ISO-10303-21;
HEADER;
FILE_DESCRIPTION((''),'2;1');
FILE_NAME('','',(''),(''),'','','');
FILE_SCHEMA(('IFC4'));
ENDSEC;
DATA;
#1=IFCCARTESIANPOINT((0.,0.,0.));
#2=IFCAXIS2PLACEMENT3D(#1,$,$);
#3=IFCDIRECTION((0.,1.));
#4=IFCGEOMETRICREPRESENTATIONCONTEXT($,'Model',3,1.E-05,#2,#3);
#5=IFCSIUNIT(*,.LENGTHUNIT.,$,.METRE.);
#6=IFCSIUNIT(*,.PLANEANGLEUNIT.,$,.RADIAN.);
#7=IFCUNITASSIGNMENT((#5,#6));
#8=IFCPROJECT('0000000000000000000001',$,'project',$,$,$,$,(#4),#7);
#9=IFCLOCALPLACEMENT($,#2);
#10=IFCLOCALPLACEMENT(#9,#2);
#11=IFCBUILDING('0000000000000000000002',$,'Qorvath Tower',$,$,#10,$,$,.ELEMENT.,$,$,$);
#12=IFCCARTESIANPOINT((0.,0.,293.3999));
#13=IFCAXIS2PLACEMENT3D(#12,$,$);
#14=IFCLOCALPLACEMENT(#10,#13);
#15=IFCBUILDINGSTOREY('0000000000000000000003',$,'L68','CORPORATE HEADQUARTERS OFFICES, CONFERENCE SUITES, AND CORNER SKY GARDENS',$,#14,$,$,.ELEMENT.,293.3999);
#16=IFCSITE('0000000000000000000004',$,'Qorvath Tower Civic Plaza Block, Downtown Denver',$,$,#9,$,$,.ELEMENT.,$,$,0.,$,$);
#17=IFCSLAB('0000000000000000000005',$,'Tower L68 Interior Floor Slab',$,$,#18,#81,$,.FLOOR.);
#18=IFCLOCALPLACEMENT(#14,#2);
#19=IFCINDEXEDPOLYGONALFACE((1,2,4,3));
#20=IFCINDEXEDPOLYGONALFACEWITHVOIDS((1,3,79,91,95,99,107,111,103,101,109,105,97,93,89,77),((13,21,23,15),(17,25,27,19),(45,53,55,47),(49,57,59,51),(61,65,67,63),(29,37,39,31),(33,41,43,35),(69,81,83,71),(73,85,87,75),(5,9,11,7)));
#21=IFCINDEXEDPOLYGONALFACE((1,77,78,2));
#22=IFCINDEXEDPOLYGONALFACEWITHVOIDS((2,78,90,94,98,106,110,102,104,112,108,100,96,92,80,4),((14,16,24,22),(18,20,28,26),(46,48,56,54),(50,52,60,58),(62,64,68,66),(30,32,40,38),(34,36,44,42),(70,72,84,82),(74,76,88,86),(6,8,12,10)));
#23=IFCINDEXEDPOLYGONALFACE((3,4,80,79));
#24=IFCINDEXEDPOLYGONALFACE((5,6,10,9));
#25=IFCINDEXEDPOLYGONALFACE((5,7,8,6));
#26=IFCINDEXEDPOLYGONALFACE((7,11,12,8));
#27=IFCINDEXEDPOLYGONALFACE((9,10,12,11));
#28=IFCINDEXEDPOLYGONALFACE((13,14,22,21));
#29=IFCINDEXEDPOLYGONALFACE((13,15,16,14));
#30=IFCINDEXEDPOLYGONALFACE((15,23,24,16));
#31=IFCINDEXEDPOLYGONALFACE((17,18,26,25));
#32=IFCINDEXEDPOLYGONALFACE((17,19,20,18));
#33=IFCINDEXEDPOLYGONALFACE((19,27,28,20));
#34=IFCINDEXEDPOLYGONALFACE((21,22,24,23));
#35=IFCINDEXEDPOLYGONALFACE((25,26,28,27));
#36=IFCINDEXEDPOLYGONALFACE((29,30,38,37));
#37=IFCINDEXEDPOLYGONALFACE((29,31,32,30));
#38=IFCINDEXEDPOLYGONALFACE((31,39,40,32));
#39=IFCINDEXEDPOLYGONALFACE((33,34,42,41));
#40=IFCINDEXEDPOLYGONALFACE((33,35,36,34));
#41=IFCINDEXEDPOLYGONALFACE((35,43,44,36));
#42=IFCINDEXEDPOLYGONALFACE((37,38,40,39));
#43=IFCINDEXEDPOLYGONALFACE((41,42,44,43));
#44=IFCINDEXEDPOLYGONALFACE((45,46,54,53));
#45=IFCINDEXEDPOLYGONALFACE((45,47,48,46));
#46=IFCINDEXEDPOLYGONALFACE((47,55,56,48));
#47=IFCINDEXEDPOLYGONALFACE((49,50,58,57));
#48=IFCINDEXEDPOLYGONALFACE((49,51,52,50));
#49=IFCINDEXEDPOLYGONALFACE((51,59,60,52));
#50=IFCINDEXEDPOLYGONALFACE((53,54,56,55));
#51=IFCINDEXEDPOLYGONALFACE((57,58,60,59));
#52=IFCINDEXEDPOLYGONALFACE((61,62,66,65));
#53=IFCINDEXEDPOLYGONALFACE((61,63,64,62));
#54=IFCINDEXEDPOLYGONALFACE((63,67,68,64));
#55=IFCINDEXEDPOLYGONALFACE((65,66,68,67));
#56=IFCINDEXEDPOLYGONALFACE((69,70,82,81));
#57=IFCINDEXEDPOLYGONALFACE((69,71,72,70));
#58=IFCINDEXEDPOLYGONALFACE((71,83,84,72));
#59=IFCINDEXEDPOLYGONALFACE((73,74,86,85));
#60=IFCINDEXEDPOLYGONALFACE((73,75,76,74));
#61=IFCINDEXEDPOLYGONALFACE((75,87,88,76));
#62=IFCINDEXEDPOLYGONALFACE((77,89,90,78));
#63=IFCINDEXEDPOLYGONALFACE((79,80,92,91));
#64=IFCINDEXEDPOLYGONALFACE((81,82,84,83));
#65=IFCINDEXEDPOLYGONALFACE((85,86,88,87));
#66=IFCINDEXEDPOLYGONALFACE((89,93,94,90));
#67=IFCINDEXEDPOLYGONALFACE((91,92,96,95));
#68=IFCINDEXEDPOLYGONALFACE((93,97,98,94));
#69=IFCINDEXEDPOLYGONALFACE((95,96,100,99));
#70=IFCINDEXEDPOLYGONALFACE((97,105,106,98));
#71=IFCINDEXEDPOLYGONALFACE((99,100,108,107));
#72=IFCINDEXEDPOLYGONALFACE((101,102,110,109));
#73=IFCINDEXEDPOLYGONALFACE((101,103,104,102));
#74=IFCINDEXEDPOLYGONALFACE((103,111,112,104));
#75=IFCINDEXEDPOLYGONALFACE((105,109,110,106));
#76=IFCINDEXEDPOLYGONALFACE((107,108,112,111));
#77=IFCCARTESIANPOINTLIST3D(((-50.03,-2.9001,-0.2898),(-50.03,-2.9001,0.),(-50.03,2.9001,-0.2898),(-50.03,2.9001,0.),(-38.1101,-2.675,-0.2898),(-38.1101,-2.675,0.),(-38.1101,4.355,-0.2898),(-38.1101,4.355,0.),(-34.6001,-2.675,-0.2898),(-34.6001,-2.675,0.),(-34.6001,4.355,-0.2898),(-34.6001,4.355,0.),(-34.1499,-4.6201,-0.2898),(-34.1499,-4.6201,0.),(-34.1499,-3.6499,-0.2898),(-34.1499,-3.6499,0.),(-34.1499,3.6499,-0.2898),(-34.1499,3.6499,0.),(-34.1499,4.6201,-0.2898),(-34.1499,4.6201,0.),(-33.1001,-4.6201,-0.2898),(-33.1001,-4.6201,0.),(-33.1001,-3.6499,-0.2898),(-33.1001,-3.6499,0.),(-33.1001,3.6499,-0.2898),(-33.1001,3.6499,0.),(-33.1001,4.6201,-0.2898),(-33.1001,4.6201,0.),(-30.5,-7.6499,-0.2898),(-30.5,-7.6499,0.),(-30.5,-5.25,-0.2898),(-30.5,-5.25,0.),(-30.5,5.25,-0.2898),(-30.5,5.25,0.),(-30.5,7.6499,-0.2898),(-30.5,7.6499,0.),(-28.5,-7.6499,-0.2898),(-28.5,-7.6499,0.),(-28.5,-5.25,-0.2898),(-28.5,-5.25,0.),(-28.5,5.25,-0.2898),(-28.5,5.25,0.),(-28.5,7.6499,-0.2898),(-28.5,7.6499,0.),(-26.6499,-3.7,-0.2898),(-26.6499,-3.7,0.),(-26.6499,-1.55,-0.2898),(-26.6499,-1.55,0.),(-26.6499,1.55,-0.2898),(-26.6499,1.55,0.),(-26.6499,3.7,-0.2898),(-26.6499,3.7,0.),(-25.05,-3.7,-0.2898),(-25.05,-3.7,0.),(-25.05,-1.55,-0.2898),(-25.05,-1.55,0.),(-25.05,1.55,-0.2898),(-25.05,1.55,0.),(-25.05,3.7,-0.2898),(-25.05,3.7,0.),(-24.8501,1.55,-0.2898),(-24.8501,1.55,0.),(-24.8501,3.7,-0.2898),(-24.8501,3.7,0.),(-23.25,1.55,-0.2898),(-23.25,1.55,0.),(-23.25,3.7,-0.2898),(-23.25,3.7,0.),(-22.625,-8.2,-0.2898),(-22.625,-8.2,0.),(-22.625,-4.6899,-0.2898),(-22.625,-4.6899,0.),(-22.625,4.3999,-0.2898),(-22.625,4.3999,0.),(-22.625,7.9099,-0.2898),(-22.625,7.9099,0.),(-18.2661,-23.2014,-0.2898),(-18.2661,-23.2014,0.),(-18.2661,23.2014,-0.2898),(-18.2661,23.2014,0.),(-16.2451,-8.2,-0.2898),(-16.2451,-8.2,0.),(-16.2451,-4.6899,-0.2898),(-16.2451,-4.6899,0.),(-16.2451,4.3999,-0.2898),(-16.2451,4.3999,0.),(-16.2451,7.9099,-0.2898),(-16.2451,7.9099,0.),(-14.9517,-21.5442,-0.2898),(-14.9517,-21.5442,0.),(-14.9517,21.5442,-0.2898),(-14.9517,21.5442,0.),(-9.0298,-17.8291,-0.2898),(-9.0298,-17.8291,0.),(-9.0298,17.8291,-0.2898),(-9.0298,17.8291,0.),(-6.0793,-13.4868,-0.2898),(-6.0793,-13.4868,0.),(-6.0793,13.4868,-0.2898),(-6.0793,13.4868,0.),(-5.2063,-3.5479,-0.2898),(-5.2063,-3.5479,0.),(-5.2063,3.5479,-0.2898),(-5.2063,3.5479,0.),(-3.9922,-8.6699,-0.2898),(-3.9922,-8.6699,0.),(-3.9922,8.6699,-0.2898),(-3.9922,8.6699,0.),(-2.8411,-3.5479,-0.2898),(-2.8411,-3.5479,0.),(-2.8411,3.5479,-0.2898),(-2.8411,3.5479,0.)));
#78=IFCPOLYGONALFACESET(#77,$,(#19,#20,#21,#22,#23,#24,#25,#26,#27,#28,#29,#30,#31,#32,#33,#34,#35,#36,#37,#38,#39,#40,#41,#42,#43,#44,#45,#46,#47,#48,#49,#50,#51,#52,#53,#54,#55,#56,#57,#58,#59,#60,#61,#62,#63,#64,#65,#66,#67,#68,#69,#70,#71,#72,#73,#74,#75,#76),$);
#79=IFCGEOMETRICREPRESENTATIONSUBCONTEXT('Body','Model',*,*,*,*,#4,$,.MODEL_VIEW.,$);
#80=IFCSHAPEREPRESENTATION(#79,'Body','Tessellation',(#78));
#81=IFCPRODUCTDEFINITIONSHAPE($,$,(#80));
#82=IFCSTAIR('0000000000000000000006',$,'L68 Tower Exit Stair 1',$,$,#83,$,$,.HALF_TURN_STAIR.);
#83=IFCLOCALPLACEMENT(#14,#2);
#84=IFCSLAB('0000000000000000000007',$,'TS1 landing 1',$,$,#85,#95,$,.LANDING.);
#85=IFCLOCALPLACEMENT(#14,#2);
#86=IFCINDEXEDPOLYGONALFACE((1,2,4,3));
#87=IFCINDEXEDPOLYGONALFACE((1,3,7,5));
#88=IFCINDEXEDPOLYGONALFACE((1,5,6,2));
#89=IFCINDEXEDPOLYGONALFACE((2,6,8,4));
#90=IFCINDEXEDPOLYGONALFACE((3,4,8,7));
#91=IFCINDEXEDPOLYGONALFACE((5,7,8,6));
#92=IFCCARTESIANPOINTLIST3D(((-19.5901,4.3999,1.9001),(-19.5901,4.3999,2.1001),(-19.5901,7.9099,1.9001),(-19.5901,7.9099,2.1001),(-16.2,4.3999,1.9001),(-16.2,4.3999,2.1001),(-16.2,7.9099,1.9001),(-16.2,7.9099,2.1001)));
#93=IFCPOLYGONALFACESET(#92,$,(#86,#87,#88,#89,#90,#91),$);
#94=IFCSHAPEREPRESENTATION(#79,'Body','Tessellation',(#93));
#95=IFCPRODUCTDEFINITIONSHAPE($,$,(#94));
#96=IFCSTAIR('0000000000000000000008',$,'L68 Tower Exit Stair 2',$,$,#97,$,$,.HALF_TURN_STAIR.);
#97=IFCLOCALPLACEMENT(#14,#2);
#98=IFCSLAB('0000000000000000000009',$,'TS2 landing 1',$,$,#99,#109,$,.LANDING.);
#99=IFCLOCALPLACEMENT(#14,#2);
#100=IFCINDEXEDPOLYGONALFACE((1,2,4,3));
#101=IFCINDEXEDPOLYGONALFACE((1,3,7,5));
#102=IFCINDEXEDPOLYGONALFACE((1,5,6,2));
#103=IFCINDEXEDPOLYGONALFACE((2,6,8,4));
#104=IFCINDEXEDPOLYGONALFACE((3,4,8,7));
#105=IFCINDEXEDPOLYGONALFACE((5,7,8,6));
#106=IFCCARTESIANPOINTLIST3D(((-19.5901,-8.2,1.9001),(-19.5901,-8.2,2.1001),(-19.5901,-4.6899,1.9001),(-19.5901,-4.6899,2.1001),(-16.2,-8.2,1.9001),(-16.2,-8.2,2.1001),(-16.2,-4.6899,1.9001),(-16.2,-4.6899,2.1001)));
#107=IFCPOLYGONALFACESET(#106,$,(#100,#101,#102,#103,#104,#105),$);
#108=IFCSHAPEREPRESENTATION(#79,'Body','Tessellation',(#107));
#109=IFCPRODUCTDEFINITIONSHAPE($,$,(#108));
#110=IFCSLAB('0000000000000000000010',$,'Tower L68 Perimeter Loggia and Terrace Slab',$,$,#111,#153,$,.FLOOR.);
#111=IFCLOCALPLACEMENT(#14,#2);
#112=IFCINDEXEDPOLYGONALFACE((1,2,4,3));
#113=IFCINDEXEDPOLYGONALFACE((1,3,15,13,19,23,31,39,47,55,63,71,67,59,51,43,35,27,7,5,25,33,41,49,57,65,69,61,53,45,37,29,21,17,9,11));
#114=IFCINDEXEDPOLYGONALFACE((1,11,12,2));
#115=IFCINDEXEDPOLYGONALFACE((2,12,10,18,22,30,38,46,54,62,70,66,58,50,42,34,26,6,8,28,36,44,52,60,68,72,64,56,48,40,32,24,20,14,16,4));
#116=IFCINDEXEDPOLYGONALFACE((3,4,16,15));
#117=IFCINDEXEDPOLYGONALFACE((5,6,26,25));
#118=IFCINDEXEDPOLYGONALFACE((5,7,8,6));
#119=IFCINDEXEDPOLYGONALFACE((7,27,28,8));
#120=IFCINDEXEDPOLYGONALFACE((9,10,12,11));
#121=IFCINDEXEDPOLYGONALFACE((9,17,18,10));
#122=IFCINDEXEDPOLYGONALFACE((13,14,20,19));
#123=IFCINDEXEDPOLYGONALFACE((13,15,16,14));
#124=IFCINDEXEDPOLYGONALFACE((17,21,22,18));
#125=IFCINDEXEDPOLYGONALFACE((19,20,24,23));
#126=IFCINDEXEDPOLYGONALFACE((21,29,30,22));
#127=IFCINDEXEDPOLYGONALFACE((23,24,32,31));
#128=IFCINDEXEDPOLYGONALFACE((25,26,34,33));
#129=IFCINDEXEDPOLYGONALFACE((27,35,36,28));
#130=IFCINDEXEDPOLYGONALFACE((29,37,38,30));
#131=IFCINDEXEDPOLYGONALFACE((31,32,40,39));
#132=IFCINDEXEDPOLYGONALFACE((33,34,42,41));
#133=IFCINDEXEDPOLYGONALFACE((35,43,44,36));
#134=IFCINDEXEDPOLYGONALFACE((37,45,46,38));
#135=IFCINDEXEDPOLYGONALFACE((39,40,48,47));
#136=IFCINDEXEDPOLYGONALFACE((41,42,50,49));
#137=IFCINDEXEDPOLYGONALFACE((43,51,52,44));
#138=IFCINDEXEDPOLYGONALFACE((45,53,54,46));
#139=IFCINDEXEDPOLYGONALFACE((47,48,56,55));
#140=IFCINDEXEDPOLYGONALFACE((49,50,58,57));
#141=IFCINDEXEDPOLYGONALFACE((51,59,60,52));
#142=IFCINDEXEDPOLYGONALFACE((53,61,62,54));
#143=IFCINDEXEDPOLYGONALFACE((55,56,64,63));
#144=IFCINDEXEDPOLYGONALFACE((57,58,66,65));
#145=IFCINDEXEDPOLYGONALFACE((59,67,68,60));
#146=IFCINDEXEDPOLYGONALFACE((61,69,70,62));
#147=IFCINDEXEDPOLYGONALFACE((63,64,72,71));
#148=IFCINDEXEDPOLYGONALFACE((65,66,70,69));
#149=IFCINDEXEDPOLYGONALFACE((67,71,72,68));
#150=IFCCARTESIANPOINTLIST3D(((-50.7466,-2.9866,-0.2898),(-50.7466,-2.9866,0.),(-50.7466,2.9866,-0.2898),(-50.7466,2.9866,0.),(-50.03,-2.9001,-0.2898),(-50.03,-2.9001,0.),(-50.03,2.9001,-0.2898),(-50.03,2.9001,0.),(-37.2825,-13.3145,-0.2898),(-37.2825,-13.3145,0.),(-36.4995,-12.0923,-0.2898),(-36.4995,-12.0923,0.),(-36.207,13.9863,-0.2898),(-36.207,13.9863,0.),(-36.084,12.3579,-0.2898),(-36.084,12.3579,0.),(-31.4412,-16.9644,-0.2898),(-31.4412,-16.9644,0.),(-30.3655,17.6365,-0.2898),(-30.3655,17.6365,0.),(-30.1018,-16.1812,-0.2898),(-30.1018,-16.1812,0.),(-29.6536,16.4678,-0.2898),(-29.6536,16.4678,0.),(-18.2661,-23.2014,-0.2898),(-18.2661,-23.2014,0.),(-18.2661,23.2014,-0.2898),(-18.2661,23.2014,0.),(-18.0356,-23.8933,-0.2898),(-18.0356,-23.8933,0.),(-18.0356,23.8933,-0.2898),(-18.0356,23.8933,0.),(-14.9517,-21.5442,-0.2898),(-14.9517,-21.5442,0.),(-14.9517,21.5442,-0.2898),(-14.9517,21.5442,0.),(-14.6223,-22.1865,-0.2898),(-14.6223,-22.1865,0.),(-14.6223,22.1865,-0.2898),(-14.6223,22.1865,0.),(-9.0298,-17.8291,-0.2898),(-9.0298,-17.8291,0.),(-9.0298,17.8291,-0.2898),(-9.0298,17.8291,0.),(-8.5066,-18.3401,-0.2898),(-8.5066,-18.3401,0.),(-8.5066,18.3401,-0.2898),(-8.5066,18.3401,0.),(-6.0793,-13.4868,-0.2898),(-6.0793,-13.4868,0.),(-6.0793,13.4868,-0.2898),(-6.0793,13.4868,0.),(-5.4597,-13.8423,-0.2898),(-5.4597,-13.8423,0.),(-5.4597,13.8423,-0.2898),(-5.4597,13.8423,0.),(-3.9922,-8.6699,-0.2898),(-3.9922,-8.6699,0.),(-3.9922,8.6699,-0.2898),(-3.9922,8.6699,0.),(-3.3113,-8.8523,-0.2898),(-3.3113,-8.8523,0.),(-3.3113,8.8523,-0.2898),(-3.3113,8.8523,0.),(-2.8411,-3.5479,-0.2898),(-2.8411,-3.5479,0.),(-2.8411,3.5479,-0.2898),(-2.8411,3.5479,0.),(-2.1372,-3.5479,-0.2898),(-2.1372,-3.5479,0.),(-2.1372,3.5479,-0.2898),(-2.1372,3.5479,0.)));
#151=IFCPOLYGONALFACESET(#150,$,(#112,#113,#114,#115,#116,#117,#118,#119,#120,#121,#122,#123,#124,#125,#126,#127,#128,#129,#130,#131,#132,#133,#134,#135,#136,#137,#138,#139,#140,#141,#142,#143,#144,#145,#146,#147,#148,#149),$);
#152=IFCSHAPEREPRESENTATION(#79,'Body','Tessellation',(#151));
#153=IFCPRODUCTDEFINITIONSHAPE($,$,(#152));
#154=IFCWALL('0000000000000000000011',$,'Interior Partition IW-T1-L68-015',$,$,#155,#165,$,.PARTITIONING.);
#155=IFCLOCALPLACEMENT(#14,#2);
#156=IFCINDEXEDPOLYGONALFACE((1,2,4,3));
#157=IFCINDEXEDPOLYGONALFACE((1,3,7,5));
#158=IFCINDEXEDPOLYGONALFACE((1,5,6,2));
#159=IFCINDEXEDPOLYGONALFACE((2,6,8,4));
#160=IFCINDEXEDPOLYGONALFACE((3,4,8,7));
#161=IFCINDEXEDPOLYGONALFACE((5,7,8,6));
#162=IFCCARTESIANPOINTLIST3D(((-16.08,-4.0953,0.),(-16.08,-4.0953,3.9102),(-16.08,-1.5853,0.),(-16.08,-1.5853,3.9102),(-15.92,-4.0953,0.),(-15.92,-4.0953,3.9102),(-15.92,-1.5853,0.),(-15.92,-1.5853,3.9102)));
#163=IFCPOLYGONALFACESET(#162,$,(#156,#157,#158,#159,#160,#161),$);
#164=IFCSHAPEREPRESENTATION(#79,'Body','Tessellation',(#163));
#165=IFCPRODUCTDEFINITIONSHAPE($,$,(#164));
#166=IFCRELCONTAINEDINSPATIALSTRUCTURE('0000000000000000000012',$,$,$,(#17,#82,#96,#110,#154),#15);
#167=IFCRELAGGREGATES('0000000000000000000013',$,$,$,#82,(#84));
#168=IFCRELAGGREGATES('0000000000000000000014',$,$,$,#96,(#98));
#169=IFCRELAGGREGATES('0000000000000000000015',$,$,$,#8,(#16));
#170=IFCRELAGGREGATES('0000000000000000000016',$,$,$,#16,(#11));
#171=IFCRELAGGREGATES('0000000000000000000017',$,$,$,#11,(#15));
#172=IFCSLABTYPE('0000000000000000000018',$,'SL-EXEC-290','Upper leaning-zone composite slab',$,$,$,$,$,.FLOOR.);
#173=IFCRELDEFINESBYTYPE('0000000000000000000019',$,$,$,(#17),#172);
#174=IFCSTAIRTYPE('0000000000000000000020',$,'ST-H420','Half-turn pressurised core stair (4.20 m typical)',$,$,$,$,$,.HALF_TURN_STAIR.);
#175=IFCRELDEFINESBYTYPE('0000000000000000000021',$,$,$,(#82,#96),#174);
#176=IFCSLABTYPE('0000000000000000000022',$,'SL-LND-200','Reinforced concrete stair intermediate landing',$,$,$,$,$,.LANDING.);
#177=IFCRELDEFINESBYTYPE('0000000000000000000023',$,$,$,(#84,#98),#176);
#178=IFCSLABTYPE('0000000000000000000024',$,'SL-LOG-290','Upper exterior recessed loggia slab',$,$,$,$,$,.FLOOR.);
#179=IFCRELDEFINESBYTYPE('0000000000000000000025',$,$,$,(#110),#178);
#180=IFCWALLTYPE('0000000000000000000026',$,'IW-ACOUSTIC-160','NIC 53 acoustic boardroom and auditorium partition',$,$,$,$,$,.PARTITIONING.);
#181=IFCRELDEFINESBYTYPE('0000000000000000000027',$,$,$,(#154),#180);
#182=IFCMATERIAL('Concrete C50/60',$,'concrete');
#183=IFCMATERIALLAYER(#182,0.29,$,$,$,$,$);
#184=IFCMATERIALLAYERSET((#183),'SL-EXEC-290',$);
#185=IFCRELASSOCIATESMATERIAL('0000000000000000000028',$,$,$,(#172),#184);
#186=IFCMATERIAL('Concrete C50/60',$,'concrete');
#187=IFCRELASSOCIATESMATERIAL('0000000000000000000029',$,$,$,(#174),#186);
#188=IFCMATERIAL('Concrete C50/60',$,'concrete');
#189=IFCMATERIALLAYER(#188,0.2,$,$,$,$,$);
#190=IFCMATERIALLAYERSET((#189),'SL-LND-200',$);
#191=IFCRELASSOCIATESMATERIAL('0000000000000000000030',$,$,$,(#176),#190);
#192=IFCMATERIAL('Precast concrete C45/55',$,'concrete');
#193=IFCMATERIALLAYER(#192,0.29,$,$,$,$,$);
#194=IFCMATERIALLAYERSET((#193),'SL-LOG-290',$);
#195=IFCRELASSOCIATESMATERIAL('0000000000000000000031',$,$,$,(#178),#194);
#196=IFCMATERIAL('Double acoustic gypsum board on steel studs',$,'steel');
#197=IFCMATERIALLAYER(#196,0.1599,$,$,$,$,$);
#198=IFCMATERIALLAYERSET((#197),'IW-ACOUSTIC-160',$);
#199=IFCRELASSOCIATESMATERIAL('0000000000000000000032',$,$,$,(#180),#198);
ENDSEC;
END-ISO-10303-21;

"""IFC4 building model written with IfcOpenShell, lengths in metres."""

from ifc_helpers import new_model, si_unit, direction, frame, frame_2d, origin, place, context, subcontext, project, spatial, polyline, rectangle, outline, extrude, material, layer, layer_set, type_object, element, aggregate, save


model = new_model("IFC4")

# Units and contexts
model_context = context("Model", 3, precision=1e-05, world=origin(), true_north=direction((0.0, 1.0)))
body_context = subcontext(model_context, "Body", "Model", "MODEL_VIEW")
ifc_project = project(units=[si_unit("LENGTHUNIT", "METRE"), si_unit("PLANEANGLEUNIT", "RADIAN")], contexts=[model_context])

# Site, building, storey
site_placement = place(None, origin())
site = spatial("IfcSite", under=ifc_project, at=site_placement, Name="Qorvath Tower Civic Plaza Block, Downtown Denver", CompositionType="ELEMENT", RefElevation=0.0)
building_placement = place(site_placement, origin())
building = spatial("IfcBuilding", under=site, at=building_placement, Name="Qorvath Tower", CompositionType="ELEMENT")
storey_placement = place(building_placement, frame((0.0, 0.0, 293.3999)))
storey = spatial("IfcBuildingStorey", under=building, at=storey_placement, Name="L68", Description="CORPORATE HEADQUARTERS OFFICES, CONFERENCE SUITES, AND CORNER SKY GARDENS", CompositionType="ELEMENT", Elevation=293.3999)

# Slab
ifc_material_1 = material(Name="Concrete C50/60", Category="concrete")
ifc_layer_1 = layer(ifc_material_1, 0.29)
ifc_layer_set_1 = layer_set([ifc_layer_1], Name="SL-EXEC-290")
slab_type_1 = type_object("IfcSlabType", Name="SL-EXEC-290", Description="Upper leaning-zone composite slab", PredefinedType="FLOOR", material=ifc_layer_set_1)
slab_1_placement = place(storey_placement, frame((0.0, 0.0, -0.2898)))
element("IfcSlab", 1, at=slab_1_placement, inside=storey, type_object=slab_type_1, Name="Tower L68 Interior Floor Slab", PredefinedType="FLOOR", context=body_context, shape_type="SweptSolid", body=[
    extrude(outline(polyline([(-50.03, 2.9001), (-50.03, -2.9001), (-18.2661, -23.2014), (-14.9517, -21.5442), (-9.0298, -17.8291), (-6.0793, -13.4868), (-3.9922, -8.6699), (-2.8411, -3.5479), (-5.2063, -3.5479), (-5.2063, 3.5479), (-2.8411, 3.5479), (-3.9922, 8.6699), (-6.0793, 13.4868), (-9.0298, 17.8291), (-14.9517, 21.5442), (-18.2661, 23.2014), (-50.03, 2.9001)]), holes=[polyline([(-16.2451, -8.2), (-22.625, -8.2), (-22.625, -4.6899), (-16.2451, -4.6899), (-16.2451, -8.2)]), polyline([(-22.625, 4.3999), (-22.625, 7.9099), (-16.2451, 7.9099), (-16.2451, 4.3999), (-22.625, 4.3999)]), polyline([(-23.25, 1.55), (-24.8501, 1.55), (-24.8501, 3.7), (-23.25, 3.7), (-23.25, 1.55)]), polyline([(-26.6499, -3.7), (-26.6499, -1.55), (-25.05, -1.55), (-25.05, -3.7), (-26.6499, -3.7)]), polyline([(-25.05, 1.55), (-26.6499, 1.55), (-26.6499, 3.7), (-25.05, 3.7), (-25.05, 1.55)]), polyline([(-28.5, -7.6499), (-30.5, -7.6499), (-30.5, -5.25), (-28.5, -5.25), (-28.5, -7.6499)]), polyline([(-30.5, 5.25), (-30.5, 7.6499), (-28.5, 7.6499), (-28.5, 5.25), (-30.5, 5.25)]), polyline([(-33.1001, -4.6201), (-34.1499, -4.6201), (-34.1499, -3.6499), (-33.1001, -3.6499), (-33.1001, -4.6201)]), polyline([(-33.1001, 3.6499), (-34.1499, 3.6499), (-34.1499, 4.6201), (-33.1001, 4.6201), (-33.1001, 3.6499)]), polyline([(-34.6001, -2.675), (-38.1101, -2.675), (-38.1101, 4.355), (-34.6001, 4.355), (-34.6001, -2.675)])]), origin(), (0.0, 0.0, 1.0), 0.2898),
])

# Stairs, slabs
ifc_material_2 = material(Name="Concrete C50/60", Category="concrete")
stair_type = type_object("IfcStairType", Name="ST-H420", Description="Half-turn pressurised core stair (4.20 m typical)", PredefinedType="HALF_TURN_STAIR", material=ifc_material_2)
stair_1_placement = place(storey_placement, origin())
stair_1 = element("IfcStair", 2, at=stair_1_placement, inside=storey, type_object=stair_type, Name="L68 Tower Exit Stair 1", PredefinedType="HALF_TURN_STAIR")
ifc_material_3 = material(Name="Concrete C50/60", Category="concrete")
ifc_layer_2 = layer(ifc_material_3, 0.2)
ifc_layer_set_2 = layer_set([ifc_layer_2], Name="SL-LND-200")
slab_type_2 = type_object("IfcSlabType", Name="SL-LND-200", Description="Reinforced concrete stair intermediate landing", PredefinedType="LANDING", material=ifc_layer_set_2)
slab_2_placement = place(storey_placement, frame((0.0, 0.0, 1.9001)))
slab_2 = element("IfcSlab", 3, at=slab_2_placement, type_object=slab_type_2, Name="TS1 landing 1", PredefinedType="LANDING", context=body_context, shape_type="SweptSolid", body=[
    extrude(outline(polyline([(-19.5901, 4.3999), (-16.2, 4.3999), (-16.2, 7.9099), (-19.5901, 7.9099), (-19.5901, 4.3999)])), origin(), (0.0, 0.0, 1.0), 0.2),
])
aggregate(stair_1, [slab_2])
stair_2_placement = place(storey_placement, origin())
stair_2 = element("IfcStair", 4, at=stair_2_placement, inside=storey, type_object=stair_type, Name="L68 Tower Exit Stair 2", PredefinedType="HALF_TURN_STAIR")
slab_3_placement = place(storey_placement, frame((0.0, 0.0, 1.9001)))
slab_3 = element("IfcSlab", 5, at=slab_3_placement, type_object=slab_type_2, Name="TS2 landing 1", PredefinedType="LANDING", context=body_context, shape_type="SweptSolid", body=[
    extrude(outline(polyline([(-19.5901, -8.2), (-16.2, -8.2), (-16.2, -4.6899), (-19.5901, -4.6899), (-19.5901, -8.2)])), origin(), (0.0, 0.0, 1.0), 0.2),
])

# Slab
ifc_material_4 = material(Name="Precast concrete C45/55", Category="concrete")
ifc_layer_3 = layer(ifc_material_4, 0.29)
ifc_layer_set_3 = layer_set([ifc_layer_3], Name="SL-LOG-290")
slab_type_3 = type_object("IfcSlabType", Name="SL-LOG-290", Description="Upper exterior recessed loggia slab", PredefinedType="FLOOR", material=ifc_layer_set_3)
slab_4_placement = place(storey_placement, frame((0.0, 0.0, -0.2898)))
element("IfcSlab", 6, at=slab_4_placement, inside=storey, type_object=slab_type_3, Name="Tower L68 Perimeter Loggia and Terrace Slab", PredefinedType="FLOOR", context=body_context, shape_type="SweptSolid", body=[
    extrude(outline(polyline([(-31.4412, -16.9644), (-30.1018, -16.1812), (-18.0356, -23.8933), (-14.6223, -22.1865), (-8.5066, -18.3401), (-5.4597, -13.8423), (-3.3113, -8.8523), (-2.1372, -3.5479), (-2.8411, -3.5479), (-3.9922, -8.6699), (-6.0793, -13.4868), (-9.0298, -17.8291), (-14.9517, -21.5442), (-18.2661, -23.2014), (-50.03, -2.9001), (-50.03, 2.9001), (-18.2661, 23.2014), (-14.9517, 21.5442), (-9.0298, 17.8291), (-6.0793, 13.4868), (-3.9922, 8.6699), (-2.8411, 3.5479), (-2.1372, 3.5479), (-3.3113, 8.8523), (-5.4597, 13.8423), (-8.5066, 18.3401), (-14.6223, 22.1865), (-18.0356, 23.8933), (-29.6536, 16.4678), (-30.3655, 17.6365), (-36.207, 13.9863), (-36.084, 12.3579), (-50.7466, 2.9866), (-50.7466, -2.9866), (-36.4995, -12.0923), (-37.2825, -13.3145), (-31.4412, -16.9644)])), origin(), (0.0, 0.0, 1.0), 0.2898),
])

# Wall
ifc_material_5 = material(Name="Double acoustic gypsum board on steel studs", Category="steel")
ifc_layer_4 = layer(ifc_material_5, 0.1599)
ifc_layer_set_4 = layer_set([ifc_layer_4], Name="IW-ACOUSTIC-160")
wall_type_1 = type_object("IfcWallType", Name="IW-ACOUSTIC-160", Description="NIC 53 acoustic boardroom and auditorium partition", PredefinedType="PARTITIONING", material=ifc_layer_set_4)
wall_1_placement = place(storey_placement, frame((-16.0, -4.0952, 0.0), z_axis=(0.0, 0.0, 1.0), x_axis=(0.0, 1.0, 0.0)))
element("IfcWall", 7, at=wall_1_placement, inside=storey, type_object=wall_type_1, Name="Interior Partition IW-T1-L68-015", PredefinedType="PARTITIONING", context=body_context, shape_type="SweptSolid", body=[
    extrude(rectangle(XDim=2.51, YDim=0.1599, at=frame_2d((1.2549, 0.0))), origin(), (0.0, 0.0, 1.0), 3.9102),
])

aggregate(stair_2, [slab_3])

save(model, "model.ifc")
